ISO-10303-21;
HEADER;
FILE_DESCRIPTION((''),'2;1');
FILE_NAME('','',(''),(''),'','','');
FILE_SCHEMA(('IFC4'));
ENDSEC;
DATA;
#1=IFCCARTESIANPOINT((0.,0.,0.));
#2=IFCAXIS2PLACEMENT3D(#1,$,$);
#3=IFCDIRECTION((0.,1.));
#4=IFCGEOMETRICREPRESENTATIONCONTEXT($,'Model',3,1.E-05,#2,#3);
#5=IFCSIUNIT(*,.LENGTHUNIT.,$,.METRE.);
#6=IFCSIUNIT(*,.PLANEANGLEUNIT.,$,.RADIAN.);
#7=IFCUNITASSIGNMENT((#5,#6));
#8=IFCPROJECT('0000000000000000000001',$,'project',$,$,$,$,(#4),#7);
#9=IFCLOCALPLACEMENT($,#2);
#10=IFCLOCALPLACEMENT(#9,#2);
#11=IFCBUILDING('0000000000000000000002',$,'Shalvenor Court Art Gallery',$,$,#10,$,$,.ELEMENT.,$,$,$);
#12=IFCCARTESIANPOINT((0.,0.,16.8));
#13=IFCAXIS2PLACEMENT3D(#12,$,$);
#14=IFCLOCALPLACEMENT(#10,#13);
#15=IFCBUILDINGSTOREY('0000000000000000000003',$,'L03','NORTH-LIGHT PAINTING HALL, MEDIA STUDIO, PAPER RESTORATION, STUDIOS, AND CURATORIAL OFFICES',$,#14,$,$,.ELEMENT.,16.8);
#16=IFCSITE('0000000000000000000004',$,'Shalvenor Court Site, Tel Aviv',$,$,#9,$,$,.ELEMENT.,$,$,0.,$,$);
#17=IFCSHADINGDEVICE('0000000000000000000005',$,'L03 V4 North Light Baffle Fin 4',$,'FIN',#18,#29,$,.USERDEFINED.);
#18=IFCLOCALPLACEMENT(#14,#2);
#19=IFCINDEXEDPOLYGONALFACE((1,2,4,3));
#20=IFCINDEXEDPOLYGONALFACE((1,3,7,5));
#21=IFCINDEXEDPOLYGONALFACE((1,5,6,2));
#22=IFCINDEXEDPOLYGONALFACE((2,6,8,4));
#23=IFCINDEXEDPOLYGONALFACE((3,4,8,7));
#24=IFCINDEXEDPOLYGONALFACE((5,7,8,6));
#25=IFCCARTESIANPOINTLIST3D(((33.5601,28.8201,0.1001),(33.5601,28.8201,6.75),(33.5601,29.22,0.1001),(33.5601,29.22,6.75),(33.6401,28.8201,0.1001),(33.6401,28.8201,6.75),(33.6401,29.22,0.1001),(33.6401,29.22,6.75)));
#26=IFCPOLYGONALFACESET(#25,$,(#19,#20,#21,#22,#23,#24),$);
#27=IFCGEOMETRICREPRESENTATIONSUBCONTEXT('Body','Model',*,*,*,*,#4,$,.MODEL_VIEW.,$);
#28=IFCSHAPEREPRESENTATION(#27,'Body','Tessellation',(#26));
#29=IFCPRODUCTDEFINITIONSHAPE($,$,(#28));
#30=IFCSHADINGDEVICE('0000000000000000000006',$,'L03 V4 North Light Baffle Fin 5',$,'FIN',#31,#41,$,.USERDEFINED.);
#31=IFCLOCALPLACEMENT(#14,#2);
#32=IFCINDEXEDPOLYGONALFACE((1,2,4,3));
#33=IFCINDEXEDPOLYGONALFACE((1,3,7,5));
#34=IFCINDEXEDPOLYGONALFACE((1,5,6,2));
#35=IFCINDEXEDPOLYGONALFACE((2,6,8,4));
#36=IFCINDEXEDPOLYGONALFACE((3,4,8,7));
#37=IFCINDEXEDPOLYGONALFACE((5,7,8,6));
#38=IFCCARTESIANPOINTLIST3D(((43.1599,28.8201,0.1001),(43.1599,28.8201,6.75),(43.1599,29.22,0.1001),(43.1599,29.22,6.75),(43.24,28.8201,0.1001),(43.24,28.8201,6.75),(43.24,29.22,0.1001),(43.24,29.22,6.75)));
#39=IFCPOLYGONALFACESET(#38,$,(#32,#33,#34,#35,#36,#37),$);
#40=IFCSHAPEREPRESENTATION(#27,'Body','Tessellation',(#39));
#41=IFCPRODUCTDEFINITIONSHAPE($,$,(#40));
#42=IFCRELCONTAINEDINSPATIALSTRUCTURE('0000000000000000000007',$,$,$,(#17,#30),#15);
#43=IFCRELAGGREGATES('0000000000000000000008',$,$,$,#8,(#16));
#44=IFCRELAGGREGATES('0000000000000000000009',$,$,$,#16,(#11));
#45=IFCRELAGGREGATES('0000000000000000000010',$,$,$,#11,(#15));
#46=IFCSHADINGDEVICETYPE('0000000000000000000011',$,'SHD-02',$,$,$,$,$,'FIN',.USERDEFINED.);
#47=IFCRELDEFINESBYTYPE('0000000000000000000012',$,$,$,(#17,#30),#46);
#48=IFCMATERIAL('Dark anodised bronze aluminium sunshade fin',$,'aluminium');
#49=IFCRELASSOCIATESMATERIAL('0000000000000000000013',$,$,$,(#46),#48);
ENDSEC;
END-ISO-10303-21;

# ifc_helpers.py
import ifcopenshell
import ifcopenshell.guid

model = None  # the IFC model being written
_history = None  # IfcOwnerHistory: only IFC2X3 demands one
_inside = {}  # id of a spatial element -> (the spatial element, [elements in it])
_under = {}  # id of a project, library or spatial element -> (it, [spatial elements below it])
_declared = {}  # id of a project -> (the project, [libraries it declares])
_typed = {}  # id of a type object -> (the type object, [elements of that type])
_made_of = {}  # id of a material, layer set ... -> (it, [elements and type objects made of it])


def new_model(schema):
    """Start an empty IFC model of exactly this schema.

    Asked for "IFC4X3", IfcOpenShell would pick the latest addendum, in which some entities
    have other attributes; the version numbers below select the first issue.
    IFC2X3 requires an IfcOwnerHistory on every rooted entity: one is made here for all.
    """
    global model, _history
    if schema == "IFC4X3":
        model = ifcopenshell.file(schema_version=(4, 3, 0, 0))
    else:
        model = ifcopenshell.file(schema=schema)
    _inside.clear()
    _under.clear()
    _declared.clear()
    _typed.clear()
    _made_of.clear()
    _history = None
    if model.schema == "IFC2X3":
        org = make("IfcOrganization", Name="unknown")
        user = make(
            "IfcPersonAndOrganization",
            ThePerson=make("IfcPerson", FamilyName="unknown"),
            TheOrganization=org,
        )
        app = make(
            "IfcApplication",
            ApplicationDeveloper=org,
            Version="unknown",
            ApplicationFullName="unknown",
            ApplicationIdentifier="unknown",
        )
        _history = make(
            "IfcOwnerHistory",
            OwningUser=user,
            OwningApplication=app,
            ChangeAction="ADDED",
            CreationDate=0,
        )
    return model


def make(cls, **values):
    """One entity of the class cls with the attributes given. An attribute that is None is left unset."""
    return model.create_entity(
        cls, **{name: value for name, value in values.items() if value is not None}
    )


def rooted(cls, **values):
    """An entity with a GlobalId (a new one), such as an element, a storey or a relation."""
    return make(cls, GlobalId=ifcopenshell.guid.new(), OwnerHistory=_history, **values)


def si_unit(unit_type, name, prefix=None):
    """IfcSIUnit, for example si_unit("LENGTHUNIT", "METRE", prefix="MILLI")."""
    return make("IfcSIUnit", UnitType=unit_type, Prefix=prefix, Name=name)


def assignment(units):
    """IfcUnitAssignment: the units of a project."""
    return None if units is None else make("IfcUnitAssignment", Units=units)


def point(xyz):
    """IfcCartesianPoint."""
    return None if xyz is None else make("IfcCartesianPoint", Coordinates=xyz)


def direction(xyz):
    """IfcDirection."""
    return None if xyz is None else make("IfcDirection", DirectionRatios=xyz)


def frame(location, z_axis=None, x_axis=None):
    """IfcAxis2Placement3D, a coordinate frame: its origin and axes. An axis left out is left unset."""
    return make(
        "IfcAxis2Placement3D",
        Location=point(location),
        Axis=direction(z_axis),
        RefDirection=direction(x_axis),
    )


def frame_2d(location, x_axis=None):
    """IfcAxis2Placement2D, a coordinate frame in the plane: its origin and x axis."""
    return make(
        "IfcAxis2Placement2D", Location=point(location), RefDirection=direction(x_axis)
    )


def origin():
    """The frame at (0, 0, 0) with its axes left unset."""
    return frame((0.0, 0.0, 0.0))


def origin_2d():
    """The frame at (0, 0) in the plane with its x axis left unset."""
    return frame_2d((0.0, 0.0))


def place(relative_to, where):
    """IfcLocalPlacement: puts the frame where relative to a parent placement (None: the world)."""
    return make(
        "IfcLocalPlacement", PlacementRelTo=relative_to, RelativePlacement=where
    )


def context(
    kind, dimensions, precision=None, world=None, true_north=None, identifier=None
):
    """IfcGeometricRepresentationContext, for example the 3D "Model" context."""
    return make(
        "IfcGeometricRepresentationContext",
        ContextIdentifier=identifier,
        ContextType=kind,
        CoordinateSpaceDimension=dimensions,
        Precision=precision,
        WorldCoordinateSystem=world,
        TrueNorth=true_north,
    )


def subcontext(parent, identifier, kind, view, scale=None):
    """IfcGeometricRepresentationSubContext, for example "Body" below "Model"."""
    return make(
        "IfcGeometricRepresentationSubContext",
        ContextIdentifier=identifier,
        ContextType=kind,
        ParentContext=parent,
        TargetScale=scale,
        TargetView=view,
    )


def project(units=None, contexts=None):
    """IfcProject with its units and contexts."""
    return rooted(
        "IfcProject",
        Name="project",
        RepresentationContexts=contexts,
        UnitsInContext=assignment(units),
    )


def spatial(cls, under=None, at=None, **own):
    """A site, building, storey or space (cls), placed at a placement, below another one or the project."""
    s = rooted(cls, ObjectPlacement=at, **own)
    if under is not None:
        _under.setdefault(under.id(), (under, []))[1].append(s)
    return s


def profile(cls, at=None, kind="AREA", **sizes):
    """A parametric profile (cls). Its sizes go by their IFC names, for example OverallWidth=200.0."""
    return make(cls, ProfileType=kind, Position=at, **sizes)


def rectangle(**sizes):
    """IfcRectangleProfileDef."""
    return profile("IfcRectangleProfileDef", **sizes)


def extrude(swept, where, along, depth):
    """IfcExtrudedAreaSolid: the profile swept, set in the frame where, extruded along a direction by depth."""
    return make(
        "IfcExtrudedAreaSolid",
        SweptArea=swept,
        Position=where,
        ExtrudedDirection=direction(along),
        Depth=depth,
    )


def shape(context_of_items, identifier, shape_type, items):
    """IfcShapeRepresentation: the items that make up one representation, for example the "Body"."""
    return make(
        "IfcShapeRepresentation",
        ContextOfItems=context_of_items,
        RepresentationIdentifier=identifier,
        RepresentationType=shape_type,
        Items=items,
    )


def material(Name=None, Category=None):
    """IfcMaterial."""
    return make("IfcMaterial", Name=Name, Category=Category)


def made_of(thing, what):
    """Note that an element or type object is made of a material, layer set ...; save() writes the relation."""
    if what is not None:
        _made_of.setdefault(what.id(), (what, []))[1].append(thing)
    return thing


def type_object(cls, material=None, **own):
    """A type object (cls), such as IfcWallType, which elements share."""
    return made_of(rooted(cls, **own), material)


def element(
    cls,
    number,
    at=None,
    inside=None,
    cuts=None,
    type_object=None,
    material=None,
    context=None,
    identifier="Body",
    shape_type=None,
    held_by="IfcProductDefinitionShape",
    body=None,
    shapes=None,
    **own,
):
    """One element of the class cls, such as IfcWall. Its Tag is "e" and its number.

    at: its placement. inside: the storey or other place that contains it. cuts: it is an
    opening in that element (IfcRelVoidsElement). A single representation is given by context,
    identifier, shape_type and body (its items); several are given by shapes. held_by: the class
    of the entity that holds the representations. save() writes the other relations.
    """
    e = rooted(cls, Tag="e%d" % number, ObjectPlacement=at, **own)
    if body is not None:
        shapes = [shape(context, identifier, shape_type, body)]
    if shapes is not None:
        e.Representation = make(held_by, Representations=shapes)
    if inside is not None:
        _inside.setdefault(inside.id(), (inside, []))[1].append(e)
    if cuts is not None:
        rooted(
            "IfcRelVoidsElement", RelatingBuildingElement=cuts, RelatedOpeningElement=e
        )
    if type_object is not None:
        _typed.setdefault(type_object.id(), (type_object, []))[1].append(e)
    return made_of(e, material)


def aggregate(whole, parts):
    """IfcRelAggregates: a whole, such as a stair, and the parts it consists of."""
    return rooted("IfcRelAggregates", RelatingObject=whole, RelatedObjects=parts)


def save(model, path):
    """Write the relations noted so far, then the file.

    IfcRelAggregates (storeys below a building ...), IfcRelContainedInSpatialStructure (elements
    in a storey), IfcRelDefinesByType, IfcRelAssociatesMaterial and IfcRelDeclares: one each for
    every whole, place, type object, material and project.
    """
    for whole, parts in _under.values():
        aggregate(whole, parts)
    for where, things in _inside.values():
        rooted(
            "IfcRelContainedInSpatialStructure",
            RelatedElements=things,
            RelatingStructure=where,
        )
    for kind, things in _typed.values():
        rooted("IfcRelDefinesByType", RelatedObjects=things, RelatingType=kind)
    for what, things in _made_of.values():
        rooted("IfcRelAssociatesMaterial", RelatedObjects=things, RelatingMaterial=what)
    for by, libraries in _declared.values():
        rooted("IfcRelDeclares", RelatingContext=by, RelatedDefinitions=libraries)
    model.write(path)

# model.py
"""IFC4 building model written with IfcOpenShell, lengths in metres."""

from ifc_helpers import new_model, si_unit, direction, frame, origin, origin_2d, place, context, subcontext, project, spatial, rectangle, extrude, material, type_object, element, save


model = new_model("IFC4")

# Units and contexts
model_context = context("Model", 3, precision=1e-05, world=origin(), true_north=direction((0.0, 1.0)))
body_context = subcontext(model_context, "Body", "Model", "MODEL_VIEW")
ifc_project = project(units=[si_unit("LENGTHUNIT", "METRE"), si_unit("PLANEANGLEUNIT", "RADIAN")], contexts=[model_context])

# Site, building, storey
site_placement = place(None, origin())
site = spatial("IfcSite", under=ifc_project, at=site_placement, Name="Shalvenor Court Site, Tel Aviv", CompositionType="ELEMENT", RefElevation=0.0)
building_placement = place(site_placement, origin())
building = spatial("IfcBuilding", under=site, at=building_placement, Name="Shalvenor Court Art Gallery", CompositionType="ELEMENT")
storey_placement = place(building_placement, frame((0.0, 0.0, 16.8)))
storey = spatial("IfcBuildingStorey", under=building, at=storey_placement, Name="L03", Description="NORTH-LIGHT PAINTING HALL, MEDIA STUDIO, PAPER RESTORATION, STUDIOS, AND CURATORIAL OFFICES", CompositionType="ELEMENT", Elevation=16.8)

# Shading devices
ifc_material_1 = material(Name="Dark anodised bronze aluminium sunshade fin", Category="aluminium")
shading_device_type = type_object("IfcShadingDeviceType", Name="SHD-02", ElementType="FIN", PredefinedType="USERDEFINED", material=ifc_material_1)
for number, where, z_axis, x_axis, name in (
    (1, (33.6001, 29.02, 0.1001), (0.0, 0.0, 1.0), (1.0, 0.0, 0.0), "L03 V4 North Light Baffle Fin 4"),
    (2, (43.2, 29.02, 0.1001), (0.0, 0.0, 1.0), (1.0, 0.0, 0.0), "L03 V4 North Light Baffle Fin 5"),
):
    element("IfcShadingDevice", number, at=place(storey_placement, frame(where, z_axis=z_axis, x_axis=x_axis)), inside=storey, type_object=shading_device_type, Name=name, ObjectType="FIN", PredefinedType="USERDEFINED", context=body_context, shape_type="SweptSolid", body=[
        extrude(rectangle(XDim=0.0801, YDim=0.3999, at=origin_2d()), origin(), (0.0, 0.0, 1.0), 6.6499),
    ])

save(model, "model.ifc")
